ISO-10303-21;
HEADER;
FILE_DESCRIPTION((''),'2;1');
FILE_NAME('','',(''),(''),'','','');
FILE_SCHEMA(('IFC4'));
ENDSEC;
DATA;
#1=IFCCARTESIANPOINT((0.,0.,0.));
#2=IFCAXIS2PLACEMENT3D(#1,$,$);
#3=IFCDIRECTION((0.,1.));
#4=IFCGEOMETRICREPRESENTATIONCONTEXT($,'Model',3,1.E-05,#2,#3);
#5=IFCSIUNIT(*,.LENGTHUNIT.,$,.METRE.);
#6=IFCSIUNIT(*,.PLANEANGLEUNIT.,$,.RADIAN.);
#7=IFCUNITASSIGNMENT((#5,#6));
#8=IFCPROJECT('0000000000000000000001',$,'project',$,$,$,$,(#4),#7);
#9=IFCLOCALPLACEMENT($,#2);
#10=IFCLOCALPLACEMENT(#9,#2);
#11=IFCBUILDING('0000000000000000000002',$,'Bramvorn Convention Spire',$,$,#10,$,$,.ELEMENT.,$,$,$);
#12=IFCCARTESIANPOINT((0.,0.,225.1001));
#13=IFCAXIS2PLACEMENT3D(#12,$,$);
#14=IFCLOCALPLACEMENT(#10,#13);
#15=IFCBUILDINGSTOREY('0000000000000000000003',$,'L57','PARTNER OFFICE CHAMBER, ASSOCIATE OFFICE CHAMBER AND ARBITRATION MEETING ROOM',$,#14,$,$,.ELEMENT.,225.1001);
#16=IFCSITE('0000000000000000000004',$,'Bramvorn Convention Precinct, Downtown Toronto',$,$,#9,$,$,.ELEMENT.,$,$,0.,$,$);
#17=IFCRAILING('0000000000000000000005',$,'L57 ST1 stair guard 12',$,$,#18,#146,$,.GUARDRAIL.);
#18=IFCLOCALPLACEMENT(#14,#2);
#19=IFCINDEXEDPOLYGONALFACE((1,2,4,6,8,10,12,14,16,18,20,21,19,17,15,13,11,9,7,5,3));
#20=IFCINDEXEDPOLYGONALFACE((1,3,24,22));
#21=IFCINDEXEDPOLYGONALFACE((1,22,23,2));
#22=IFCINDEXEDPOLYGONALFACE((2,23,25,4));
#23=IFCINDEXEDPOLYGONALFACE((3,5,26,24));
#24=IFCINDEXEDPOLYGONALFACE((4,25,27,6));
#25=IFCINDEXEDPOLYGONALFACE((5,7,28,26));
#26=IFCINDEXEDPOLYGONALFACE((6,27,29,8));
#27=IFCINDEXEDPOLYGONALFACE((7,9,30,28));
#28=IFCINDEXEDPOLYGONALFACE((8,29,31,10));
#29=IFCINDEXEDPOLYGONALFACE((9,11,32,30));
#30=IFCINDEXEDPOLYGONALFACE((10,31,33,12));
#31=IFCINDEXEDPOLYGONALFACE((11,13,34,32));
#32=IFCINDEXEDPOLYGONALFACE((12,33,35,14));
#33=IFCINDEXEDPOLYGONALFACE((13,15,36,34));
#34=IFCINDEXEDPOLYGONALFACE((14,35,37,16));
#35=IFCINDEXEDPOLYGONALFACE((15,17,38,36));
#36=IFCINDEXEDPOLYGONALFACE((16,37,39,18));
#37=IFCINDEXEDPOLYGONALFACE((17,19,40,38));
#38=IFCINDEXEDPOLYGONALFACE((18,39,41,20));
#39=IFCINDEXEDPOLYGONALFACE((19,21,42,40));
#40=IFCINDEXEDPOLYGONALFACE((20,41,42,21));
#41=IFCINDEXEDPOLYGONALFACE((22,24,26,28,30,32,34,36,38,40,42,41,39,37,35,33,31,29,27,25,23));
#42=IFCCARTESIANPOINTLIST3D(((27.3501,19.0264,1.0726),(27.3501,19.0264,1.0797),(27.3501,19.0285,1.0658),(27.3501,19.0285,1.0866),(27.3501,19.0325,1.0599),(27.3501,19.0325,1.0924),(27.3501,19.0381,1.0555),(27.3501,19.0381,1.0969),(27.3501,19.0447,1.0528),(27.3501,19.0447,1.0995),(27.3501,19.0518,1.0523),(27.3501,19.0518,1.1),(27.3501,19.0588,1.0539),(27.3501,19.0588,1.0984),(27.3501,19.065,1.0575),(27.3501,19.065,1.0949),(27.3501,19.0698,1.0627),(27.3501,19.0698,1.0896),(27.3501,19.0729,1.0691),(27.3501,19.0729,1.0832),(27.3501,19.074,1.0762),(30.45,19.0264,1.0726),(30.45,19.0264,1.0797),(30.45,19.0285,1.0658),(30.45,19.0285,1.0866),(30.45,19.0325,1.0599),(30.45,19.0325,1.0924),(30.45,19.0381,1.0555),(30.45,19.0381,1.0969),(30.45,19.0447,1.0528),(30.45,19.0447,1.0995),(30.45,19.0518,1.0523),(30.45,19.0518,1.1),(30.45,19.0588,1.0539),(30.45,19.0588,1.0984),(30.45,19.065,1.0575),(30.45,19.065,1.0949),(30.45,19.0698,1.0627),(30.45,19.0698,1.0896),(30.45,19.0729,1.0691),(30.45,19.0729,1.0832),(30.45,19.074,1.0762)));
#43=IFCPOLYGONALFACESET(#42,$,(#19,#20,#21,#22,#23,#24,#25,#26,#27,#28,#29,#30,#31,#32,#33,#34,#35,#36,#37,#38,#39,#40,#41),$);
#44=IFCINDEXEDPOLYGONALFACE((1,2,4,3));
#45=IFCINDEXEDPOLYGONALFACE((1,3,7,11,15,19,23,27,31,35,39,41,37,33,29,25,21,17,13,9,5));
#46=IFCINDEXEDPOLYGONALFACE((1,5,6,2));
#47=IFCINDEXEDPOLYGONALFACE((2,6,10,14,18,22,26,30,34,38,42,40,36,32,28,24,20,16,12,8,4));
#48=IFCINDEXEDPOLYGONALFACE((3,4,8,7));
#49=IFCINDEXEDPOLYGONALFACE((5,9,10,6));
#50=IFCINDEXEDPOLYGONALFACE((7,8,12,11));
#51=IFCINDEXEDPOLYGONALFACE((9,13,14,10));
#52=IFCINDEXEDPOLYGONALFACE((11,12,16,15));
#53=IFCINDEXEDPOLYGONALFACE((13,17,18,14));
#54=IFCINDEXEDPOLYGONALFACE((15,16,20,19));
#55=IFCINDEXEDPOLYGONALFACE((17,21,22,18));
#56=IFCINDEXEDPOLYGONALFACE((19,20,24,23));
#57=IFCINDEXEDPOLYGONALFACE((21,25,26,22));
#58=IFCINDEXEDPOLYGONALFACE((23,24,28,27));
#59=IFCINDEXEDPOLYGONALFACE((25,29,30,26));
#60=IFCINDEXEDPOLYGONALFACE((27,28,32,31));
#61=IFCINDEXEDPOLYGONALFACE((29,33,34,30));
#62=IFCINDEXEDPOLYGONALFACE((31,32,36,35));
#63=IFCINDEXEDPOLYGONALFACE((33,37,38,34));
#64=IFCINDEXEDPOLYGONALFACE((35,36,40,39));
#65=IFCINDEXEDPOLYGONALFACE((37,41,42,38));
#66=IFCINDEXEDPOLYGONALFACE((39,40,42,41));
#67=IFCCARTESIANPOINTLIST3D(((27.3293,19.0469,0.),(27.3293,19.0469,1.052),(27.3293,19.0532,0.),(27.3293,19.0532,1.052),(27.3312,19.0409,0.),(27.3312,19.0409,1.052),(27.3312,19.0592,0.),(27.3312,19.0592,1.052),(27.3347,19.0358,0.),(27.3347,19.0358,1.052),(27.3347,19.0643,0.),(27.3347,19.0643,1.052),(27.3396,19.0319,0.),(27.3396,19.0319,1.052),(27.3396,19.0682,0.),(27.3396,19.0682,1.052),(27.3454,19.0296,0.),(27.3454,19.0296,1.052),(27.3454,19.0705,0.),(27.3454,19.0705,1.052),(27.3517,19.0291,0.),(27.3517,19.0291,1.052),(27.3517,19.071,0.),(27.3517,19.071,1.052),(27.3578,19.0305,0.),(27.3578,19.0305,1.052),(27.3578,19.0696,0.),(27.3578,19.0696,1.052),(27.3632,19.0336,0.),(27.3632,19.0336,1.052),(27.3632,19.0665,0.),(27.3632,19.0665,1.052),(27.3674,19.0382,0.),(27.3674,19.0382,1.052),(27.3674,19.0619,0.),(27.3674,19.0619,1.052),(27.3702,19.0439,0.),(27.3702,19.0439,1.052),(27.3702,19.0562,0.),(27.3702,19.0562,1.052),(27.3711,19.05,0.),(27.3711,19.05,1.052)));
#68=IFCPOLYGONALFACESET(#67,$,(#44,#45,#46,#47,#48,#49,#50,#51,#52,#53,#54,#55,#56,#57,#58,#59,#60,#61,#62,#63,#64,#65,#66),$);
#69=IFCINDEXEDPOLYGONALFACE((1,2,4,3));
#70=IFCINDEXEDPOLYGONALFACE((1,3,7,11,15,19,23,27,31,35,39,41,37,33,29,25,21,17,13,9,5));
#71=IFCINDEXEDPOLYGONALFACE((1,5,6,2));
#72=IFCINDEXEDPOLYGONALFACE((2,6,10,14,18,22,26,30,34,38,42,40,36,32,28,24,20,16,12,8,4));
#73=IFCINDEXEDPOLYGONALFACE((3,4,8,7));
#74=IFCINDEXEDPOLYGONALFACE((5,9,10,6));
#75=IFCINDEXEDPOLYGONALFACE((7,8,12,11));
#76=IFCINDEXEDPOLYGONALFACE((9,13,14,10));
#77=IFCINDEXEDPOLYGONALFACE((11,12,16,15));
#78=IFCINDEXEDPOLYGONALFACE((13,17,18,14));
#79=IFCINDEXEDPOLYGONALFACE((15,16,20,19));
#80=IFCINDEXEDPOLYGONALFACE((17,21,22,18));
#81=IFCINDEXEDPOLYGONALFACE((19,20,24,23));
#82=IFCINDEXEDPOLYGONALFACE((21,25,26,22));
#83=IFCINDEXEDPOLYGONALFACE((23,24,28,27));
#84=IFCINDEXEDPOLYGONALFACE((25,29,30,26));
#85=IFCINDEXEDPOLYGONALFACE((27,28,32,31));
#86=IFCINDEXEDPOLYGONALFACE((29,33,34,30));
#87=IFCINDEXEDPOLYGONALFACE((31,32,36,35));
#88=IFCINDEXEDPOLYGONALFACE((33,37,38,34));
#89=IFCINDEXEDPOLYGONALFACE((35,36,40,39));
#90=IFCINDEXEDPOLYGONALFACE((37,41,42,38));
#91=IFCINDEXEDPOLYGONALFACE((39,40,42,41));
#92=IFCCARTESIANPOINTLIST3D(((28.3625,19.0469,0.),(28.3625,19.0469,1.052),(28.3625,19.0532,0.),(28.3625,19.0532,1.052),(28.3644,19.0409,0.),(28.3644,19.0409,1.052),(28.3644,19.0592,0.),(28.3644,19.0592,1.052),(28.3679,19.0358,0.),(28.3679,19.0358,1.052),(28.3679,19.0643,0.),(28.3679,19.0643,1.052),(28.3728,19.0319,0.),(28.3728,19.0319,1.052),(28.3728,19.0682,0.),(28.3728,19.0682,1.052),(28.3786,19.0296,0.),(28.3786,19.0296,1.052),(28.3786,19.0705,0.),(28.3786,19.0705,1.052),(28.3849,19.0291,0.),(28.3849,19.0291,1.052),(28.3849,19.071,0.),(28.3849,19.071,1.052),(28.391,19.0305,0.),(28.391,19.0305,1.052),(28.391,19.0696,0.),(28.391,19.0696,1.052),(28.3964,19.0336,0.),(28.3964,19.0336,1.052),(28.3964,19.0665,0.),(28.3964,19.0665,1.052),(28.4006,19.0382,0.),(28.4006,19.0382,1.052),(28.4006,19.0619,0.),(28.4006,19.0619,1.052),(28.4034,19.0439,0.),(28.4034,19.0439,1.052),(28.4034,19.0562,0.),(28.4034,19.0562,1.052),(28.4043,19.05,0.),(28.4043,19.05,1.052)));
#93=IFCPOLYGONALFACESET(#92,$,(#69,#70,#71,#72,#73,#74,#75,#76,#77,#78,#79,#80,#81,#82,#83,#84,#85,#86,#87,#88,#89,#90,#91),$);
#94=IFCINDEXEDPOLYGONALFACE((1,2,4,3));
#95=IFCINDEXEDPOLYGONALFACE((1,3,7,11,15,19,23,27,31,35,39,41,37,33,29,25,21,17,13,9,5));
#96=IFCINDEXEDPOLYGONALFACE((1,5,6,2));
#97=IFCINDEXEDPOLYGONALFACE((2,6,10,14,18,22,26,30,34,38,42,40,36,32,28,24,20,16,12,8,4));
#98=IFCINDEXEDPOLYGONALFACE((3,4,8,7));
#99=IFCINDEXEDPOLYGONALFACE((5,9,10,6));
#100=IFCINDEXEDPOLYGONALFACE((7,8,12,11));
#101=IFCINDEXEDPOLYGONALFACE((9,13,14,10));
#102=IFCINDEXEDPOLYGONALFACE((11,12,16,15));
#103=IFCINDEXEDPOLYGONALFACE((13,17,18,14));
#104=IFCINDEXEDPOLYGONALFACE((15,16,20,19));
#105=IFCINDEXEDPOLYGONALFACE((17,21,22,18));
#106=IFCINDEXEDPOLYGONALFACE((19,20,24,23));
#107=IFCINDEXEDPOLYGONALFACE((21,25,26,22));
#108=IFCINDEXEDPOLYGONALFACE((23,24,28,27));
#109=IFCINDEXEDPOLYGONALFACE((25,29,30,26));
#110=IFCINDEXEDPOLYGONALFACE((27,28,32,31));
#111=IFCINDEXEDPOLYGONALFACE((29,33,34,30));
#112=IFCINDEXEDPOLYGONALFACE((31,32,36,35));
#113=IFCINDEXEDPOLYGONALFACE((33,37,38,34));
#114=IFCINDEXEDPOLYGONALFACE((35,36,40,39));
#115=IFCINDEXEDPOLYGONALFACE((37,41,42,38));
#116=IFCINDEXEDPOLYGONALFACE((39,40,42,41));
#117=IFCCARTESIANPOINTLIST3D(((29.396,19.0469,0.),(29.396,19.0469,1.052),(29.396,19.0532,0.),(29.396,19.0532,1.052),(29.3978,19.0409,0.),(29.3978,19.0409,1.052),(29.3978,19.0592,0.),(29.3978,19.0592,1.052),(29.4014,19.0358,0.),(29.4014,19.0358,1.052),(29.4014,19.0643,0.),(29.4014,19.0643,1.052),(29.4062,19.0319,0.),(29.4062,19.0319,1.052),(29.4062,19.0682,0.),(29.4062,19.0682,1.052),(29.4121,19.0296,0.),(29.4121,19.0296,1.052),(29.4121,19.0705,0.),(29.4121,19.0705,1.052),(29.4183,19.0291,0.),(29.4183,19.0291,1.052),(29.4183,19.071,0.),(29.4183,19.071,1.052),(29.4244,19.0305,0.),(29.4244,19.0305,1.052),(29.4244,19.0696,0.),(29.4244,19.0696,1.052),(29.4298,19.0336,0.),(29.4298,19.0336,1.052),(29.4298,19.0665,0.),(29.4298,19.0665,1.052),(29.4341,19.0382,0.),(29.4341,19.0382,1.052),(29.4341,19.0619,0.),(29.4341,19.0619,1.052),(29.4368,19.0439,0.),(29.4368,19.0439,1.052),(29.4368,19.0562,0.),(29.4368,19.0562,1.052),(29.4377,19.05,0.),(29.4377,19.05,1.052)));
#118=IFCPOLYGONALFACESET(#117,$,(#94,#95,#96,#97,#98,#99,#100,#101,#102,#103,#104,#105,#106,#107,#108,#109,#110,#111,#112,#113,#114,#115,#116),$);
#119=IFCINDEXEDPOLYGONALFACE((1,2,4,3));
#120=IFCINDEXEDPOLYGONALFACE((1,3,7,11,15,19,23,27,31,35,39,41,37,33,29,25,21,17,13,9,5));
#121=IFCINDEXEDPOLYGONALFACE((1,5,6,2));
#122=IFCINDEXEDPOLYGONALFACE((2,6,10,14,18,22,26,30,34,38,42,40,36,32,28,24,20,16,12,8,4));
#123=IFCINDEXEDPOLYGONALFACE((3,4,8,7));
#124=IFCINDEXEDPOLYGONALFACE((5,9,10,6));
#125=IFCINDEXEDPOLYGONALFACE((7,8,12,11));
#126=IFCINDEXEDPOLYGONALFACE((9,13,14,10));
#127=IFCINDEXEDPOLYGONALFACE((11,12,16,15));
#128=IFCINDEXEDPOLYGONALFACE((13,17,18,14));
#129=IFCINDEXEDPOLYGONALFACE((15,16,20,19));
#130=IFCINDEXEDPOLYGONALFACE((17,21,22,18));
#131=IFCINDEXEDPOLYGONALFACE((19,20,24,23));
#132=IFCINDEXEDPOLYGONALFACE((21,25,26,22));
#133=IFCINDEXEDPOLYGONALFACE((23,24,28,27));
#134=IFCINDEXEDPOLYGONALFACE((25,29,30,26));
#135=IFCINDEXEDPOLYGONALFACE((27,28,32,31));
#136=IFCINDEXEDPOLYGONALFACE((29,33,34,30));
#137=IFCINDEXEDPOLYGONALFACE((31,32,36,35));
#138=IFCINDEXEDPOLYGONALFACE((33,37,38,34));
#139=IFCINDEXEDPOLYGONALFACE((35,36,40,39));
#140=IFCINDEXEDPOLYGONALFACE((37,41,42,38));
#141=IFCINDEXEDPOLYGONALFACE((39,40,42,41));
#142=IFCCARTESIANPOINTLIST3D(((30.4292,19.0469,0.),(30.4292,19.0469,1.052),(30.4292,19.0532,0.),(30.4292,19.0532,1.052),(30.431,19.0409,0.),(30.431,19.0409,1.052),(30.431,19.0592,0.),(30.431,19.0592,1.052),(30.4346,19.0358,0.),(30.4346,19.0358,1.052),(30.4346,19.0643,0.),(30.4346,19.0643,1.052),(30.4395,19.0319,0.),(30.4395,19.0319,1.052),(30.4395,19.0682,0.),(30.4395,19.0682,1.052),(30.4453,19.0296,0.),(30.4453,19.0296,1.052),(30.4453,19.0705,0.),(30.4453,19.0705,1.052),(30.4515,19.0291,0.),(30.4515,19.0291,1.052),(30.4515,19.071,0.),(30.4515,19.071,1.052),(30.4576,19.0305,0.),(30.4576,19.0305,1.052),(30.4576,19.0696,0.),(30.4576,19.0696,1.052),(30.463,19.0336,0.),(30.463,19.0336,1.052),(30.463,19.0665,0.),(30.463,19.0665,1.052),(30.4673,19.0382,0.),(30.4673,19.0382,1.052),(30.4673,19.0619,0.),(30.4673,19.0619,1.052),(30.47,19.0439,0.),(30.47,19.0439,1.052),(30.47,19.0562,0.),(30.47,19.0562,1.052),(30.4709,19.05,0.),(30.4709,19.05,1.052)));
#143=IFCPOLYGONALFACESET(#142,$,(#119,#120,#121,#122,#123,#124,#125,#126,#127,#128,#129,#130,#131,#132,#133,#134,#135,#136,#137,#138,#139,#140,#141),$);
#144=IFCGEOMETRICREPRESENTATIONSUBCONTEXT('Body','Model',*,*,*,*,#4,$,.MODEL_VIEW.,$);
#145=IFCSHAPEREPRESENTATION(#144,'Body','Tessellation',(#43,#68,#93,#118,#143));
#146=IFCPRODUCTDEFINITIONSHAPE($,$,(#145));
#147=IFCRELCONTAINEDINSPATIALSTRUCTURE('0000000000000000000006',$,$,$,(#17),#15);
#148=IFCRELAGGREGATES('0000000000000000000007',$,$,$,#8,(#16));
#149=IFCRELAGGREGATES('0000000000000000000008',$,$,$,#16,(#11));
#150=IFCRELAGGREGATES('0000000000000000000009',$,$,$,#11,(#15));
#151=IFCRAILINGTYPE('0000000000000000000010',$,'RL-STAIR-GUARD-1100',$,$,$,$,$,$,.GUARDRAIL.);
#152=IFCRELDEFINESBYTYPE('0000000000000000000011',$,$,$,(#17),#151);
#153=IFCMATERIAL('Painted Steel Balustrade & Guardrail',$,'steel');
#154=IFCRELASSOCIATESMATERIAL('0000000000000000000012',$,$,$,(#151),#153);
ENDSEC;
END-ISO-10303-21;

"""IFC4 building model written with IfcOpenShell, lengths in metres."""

from ifc_helpers import new_model, si_unit, direction, frame, origin, origin_2d, place, context, subcontext, project, spatial, circle, extrude, material, type_object, element, save


model = new_model("IFC4")

# Units and contexts
model_context = context("Model", 3, precision=1e-05, world=origin(), true_north=direction((0.0, 1.0)))
body_context = subcontext(model_context, "Body", "Model", "MODEL_VIEW")
ifc_project = project(units=[si_unit("LENGTHUNIT", "METRE"), si_unit("PLANEANGLEUNIT", "RADIAN")], contexts=[model_context])

# Site, building, storey
site_placement = place(None, origin())
site = spatial("IfcSite", under=ifc_project, at=site_placement, Name="Bramvorn Convention Precinct, Downtown Toronto", CompositionType="ELEMENT", RefElevation=0.0)
building_placement = place(site_placement, origin())
building = spatial("IfcBuilding", under=site, at=building_placement, Name="Bramvorn Convention Spire", CompositionType="ELEMENT")
storey_placement = place(building_placement, frame((0.0, 0.0, 225.1001)))
storey = spatial("IfcBuildingStorey", under=building, at=storey_placement, Name="L57", Description="PARTNER OFFICE CHAMBER, ASSOCIATE OFFICE CHAMBER AND ARBITRATION MEETING ROOM", CompositionType="ELEMENT", Elevation=225.1001)

# Railing
ifc_material_1 = material(Name="Painted Steel Balustrade & Guardrail", Category="steel")
railing_type = type_object("IfcRailingType", Name="RL-STAIR-GUARD-1100", PredefinedType="GUARDRAIL", material=ifc_material_1)
railing_1_placement = place(storey_placement, frame((27.3501, 19.05, 0.0)))
element("IfcRailing", 1, at=railing_1_placement, inside=storey, type_object=railing_type, Name="L57 ST1 stair guard 12", PredefinedType="GUARDRAIL", context=body_context, shape_type="SweptSolid", body=[
    extrude(circle(Radius=0.0239, at=origin_2d()), frame((0.0, 0.0, 1.0762), z_axis=(1.0, 0.0, 0.0), x_axis=(0.0, 1.0, 0.0)), (0.0, 0.0, 1.0), 3.0999),
    extrude(circle(Radius=0.021, at=origin_2d()), origin(), (0.0, 0.0, 1.0), 1.052),
    extrude(circle(Radius=0.021, at=origin_2d()), frame((1.0332, 0.0, 0.0)), (0.0, 0.0, 1.0), 1.052),
    extrude(circle(Radius=0.021, at=origin_2d()), frame((2.0667, 0.0, 0.0)), (0.0, 0.0, 1.0), 1.052),
    extrude(circle(Radius=0.021, at=origin_2d()), frame((3.0999, 0.0, 0.0)), (0.0, 0.0, 1.0), 1.052),
])

save(model, "model.ifc")
